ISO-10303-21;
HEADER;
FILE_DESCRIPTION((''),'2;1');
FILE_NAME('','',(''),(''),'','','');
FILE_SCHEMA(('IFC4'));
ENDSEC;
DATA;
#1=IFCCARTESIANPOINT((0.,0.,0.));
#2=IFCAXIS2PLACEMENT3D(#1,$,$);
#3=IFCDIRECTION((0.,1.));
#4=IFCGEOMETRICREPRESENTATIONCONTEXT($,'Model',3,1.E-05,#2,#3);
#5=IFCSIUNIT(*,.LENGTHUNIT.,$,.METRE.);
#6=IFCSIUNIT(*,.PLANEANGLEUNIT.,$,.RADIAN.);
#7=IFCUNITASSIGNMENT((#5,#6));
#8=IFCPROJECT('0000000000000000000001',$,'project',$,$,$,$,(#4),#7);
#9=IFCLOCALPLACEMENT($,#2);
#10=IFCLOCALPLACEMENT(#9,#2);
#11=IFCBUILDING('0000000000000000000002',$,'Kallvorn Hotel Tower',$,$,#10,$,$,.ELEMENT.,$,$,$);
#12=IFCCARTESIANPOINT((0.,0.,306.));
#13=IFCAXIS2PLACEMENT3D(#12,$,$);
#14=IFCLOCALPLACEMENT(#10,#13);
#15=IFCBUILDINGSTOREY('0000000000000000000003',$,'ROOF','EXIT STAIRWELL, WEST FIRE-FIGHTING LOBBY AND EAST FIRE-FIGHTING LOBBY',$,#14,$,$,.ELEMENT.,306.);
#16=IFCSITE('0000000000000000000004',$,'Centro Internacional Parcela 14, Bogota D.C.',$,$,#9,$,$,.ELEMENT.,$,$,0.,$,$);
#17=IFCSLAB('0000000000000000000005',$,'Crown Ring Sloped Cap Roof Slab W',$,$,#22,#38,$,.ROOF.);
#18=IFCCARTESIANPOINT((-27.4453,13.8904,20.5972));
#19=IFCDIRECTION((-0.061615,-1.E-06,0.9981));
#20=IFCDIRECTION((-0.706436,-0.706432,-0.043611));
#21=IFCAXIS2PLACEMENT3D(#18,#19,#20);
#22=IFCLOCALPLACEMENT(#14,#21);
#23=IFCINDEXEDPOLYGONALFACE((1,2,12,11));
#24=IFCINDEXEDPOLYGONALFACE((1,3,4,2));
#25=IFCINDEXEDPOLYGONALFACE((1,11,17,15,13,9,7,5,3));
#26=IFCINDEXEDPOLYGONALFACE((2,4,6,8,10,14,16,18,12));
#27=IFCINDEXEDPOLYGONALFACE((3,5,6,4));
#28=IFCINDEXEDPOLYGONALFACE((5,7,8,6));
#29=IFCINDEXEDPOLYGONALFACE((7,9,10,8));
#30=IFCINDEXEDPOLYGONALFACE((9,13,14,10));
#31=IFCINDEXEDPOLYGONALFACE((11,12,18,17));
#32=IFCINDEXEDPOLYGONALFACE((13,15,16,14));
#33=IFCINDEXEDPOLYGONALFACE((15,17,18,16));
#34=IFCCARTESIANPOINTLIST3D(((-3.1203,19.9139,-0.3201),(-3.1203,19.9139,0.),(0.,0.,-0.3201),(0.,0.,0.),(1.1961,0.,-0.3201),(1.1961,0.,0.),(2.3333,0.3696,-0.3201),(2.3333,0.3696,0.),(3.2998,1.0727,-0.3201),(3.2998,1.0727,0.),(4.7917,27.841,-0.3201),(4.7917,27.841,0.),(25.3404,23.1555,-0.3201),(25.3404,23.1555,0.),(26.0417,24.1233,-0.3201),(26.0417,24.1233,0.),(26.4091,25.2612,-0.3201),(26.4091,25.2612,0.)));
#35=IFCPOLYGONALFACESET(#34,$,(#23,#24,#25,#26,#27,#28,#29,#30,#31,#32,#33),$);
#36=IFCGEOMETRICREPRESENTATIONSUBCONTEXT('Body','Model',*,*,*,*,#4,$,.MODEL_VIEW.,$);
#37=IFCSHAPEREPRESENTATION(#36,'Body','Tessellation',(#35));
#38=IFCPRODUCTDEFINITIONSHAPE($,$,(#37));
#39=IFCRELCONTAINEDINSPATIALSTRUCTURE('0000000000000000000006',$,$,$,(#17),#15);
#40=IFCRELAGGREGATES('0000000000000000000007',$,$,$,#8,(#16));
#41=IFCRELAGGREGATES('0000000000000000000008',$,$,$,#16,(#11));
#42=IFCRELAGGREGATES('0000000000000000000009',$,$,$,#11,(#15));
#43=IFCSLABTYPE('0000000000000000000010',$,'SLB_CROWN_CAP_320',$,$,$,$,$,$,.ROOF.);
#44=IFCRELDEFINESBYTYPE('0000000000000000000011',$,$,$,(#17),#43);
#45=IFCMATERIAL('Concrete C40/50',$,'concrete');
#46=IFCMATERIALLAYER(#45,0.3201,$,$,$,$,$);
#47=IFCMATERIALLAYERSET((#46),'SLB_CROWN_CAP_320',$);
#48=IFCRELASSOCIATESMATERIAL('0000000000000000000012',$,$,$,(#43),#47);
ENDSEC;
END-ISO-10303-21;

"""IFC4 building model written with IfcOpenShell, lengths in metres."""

from ifc_helpers import new_model, si_unit, direction, frame, origin, place, context, subcontext, project, spatial, polyline, outline, extrude, material, layer, layer_set, type_object, element, save


model = new_model("IFC4")

# Units and contexts
model_context = context("Model", 3, precision=1e-05, world=origin(), true_north=direction((0.0, 1.0)))
body_context = subcontext(model_context, "Body", "Model", "MODEL_VIEW")
ifc_project = project(units=[si_unit("LENGTHUNIT", "METRE"), si_unit("PLANEANGLEUNIT", "RADIAN")], contexts=[model_context])

# Site, building, storey
site_placement = place(None, origin())
site = spatial("IfcSite", under=ifc_project, at=site_placement, Name="Centro Internacional Parcela 14, Bogota D.C.", CompositionType="ELEMENT", RefElevation=0.0)
building_placement = place(site_placement, origin())
building = spatial("IfcBuilding", under=site, at=building_placement, Name="Kallvorn Hotel Tower", CompositionType="ELEMENT")
storey_placement = place(building_placement, frame((0.0, 0.0, 306.0)))
storey = spatial("IfcBuildingStorey", under=building, at=storey_placement, Name="ROOF", Description="EXIT STAIRWELL, WEST FIRE-FIGHTING LOBBY AND EAST FIRE-FIGHTING LOBBY", CompositionType="ELEMENT", Elevation=306.0)

# Slab
ifc_material_1 = material(Name="Concrete C40/50", Category="concrete")
ifc_layer_1 = layer(ifc_material_1, 0.3201)
ifc_layer_set_1 = layer_set([ifc_layer_1], Name="SLB_CROWN_CAP_320")
slab_type = type_object("IfcSlabType", Name="SLB_CROWN_CAP_320", PredefinedType="ROOF", material=ifc_layer_set_1)
slab_placement = place(storey_placement, frame((-27.4453, 13.8904, 20.5972), z_axis=(-0.061615, -0.000001, 0.9981), x_axis=(-0.706436, -0.706432, -0.043611)))
element("IfcSlab", 1, at=slab_placement, inside=storey, type_object=slab_type, Name="Crown Ring Sloped Cap Roof Slab W", PredefinedType="ROOF", context=body_context, shape_type="SweptSolid", body=[
    extrude(outline(polyline([(0.0, 0.0), (1.1961, 0.0), (2.3333, 0.3696), (3.2998, 1.0727), (25.3404, 23.1555), (26.0417, 24.1233), (26.4091, 25.2612), (4.7917, 27.841), (-3.1203, 19.9139), (0.0, 0.0)])), origin(), (0.0, 0.0, -1.0), 0.3201),
])

save(model, "model.ifc")
